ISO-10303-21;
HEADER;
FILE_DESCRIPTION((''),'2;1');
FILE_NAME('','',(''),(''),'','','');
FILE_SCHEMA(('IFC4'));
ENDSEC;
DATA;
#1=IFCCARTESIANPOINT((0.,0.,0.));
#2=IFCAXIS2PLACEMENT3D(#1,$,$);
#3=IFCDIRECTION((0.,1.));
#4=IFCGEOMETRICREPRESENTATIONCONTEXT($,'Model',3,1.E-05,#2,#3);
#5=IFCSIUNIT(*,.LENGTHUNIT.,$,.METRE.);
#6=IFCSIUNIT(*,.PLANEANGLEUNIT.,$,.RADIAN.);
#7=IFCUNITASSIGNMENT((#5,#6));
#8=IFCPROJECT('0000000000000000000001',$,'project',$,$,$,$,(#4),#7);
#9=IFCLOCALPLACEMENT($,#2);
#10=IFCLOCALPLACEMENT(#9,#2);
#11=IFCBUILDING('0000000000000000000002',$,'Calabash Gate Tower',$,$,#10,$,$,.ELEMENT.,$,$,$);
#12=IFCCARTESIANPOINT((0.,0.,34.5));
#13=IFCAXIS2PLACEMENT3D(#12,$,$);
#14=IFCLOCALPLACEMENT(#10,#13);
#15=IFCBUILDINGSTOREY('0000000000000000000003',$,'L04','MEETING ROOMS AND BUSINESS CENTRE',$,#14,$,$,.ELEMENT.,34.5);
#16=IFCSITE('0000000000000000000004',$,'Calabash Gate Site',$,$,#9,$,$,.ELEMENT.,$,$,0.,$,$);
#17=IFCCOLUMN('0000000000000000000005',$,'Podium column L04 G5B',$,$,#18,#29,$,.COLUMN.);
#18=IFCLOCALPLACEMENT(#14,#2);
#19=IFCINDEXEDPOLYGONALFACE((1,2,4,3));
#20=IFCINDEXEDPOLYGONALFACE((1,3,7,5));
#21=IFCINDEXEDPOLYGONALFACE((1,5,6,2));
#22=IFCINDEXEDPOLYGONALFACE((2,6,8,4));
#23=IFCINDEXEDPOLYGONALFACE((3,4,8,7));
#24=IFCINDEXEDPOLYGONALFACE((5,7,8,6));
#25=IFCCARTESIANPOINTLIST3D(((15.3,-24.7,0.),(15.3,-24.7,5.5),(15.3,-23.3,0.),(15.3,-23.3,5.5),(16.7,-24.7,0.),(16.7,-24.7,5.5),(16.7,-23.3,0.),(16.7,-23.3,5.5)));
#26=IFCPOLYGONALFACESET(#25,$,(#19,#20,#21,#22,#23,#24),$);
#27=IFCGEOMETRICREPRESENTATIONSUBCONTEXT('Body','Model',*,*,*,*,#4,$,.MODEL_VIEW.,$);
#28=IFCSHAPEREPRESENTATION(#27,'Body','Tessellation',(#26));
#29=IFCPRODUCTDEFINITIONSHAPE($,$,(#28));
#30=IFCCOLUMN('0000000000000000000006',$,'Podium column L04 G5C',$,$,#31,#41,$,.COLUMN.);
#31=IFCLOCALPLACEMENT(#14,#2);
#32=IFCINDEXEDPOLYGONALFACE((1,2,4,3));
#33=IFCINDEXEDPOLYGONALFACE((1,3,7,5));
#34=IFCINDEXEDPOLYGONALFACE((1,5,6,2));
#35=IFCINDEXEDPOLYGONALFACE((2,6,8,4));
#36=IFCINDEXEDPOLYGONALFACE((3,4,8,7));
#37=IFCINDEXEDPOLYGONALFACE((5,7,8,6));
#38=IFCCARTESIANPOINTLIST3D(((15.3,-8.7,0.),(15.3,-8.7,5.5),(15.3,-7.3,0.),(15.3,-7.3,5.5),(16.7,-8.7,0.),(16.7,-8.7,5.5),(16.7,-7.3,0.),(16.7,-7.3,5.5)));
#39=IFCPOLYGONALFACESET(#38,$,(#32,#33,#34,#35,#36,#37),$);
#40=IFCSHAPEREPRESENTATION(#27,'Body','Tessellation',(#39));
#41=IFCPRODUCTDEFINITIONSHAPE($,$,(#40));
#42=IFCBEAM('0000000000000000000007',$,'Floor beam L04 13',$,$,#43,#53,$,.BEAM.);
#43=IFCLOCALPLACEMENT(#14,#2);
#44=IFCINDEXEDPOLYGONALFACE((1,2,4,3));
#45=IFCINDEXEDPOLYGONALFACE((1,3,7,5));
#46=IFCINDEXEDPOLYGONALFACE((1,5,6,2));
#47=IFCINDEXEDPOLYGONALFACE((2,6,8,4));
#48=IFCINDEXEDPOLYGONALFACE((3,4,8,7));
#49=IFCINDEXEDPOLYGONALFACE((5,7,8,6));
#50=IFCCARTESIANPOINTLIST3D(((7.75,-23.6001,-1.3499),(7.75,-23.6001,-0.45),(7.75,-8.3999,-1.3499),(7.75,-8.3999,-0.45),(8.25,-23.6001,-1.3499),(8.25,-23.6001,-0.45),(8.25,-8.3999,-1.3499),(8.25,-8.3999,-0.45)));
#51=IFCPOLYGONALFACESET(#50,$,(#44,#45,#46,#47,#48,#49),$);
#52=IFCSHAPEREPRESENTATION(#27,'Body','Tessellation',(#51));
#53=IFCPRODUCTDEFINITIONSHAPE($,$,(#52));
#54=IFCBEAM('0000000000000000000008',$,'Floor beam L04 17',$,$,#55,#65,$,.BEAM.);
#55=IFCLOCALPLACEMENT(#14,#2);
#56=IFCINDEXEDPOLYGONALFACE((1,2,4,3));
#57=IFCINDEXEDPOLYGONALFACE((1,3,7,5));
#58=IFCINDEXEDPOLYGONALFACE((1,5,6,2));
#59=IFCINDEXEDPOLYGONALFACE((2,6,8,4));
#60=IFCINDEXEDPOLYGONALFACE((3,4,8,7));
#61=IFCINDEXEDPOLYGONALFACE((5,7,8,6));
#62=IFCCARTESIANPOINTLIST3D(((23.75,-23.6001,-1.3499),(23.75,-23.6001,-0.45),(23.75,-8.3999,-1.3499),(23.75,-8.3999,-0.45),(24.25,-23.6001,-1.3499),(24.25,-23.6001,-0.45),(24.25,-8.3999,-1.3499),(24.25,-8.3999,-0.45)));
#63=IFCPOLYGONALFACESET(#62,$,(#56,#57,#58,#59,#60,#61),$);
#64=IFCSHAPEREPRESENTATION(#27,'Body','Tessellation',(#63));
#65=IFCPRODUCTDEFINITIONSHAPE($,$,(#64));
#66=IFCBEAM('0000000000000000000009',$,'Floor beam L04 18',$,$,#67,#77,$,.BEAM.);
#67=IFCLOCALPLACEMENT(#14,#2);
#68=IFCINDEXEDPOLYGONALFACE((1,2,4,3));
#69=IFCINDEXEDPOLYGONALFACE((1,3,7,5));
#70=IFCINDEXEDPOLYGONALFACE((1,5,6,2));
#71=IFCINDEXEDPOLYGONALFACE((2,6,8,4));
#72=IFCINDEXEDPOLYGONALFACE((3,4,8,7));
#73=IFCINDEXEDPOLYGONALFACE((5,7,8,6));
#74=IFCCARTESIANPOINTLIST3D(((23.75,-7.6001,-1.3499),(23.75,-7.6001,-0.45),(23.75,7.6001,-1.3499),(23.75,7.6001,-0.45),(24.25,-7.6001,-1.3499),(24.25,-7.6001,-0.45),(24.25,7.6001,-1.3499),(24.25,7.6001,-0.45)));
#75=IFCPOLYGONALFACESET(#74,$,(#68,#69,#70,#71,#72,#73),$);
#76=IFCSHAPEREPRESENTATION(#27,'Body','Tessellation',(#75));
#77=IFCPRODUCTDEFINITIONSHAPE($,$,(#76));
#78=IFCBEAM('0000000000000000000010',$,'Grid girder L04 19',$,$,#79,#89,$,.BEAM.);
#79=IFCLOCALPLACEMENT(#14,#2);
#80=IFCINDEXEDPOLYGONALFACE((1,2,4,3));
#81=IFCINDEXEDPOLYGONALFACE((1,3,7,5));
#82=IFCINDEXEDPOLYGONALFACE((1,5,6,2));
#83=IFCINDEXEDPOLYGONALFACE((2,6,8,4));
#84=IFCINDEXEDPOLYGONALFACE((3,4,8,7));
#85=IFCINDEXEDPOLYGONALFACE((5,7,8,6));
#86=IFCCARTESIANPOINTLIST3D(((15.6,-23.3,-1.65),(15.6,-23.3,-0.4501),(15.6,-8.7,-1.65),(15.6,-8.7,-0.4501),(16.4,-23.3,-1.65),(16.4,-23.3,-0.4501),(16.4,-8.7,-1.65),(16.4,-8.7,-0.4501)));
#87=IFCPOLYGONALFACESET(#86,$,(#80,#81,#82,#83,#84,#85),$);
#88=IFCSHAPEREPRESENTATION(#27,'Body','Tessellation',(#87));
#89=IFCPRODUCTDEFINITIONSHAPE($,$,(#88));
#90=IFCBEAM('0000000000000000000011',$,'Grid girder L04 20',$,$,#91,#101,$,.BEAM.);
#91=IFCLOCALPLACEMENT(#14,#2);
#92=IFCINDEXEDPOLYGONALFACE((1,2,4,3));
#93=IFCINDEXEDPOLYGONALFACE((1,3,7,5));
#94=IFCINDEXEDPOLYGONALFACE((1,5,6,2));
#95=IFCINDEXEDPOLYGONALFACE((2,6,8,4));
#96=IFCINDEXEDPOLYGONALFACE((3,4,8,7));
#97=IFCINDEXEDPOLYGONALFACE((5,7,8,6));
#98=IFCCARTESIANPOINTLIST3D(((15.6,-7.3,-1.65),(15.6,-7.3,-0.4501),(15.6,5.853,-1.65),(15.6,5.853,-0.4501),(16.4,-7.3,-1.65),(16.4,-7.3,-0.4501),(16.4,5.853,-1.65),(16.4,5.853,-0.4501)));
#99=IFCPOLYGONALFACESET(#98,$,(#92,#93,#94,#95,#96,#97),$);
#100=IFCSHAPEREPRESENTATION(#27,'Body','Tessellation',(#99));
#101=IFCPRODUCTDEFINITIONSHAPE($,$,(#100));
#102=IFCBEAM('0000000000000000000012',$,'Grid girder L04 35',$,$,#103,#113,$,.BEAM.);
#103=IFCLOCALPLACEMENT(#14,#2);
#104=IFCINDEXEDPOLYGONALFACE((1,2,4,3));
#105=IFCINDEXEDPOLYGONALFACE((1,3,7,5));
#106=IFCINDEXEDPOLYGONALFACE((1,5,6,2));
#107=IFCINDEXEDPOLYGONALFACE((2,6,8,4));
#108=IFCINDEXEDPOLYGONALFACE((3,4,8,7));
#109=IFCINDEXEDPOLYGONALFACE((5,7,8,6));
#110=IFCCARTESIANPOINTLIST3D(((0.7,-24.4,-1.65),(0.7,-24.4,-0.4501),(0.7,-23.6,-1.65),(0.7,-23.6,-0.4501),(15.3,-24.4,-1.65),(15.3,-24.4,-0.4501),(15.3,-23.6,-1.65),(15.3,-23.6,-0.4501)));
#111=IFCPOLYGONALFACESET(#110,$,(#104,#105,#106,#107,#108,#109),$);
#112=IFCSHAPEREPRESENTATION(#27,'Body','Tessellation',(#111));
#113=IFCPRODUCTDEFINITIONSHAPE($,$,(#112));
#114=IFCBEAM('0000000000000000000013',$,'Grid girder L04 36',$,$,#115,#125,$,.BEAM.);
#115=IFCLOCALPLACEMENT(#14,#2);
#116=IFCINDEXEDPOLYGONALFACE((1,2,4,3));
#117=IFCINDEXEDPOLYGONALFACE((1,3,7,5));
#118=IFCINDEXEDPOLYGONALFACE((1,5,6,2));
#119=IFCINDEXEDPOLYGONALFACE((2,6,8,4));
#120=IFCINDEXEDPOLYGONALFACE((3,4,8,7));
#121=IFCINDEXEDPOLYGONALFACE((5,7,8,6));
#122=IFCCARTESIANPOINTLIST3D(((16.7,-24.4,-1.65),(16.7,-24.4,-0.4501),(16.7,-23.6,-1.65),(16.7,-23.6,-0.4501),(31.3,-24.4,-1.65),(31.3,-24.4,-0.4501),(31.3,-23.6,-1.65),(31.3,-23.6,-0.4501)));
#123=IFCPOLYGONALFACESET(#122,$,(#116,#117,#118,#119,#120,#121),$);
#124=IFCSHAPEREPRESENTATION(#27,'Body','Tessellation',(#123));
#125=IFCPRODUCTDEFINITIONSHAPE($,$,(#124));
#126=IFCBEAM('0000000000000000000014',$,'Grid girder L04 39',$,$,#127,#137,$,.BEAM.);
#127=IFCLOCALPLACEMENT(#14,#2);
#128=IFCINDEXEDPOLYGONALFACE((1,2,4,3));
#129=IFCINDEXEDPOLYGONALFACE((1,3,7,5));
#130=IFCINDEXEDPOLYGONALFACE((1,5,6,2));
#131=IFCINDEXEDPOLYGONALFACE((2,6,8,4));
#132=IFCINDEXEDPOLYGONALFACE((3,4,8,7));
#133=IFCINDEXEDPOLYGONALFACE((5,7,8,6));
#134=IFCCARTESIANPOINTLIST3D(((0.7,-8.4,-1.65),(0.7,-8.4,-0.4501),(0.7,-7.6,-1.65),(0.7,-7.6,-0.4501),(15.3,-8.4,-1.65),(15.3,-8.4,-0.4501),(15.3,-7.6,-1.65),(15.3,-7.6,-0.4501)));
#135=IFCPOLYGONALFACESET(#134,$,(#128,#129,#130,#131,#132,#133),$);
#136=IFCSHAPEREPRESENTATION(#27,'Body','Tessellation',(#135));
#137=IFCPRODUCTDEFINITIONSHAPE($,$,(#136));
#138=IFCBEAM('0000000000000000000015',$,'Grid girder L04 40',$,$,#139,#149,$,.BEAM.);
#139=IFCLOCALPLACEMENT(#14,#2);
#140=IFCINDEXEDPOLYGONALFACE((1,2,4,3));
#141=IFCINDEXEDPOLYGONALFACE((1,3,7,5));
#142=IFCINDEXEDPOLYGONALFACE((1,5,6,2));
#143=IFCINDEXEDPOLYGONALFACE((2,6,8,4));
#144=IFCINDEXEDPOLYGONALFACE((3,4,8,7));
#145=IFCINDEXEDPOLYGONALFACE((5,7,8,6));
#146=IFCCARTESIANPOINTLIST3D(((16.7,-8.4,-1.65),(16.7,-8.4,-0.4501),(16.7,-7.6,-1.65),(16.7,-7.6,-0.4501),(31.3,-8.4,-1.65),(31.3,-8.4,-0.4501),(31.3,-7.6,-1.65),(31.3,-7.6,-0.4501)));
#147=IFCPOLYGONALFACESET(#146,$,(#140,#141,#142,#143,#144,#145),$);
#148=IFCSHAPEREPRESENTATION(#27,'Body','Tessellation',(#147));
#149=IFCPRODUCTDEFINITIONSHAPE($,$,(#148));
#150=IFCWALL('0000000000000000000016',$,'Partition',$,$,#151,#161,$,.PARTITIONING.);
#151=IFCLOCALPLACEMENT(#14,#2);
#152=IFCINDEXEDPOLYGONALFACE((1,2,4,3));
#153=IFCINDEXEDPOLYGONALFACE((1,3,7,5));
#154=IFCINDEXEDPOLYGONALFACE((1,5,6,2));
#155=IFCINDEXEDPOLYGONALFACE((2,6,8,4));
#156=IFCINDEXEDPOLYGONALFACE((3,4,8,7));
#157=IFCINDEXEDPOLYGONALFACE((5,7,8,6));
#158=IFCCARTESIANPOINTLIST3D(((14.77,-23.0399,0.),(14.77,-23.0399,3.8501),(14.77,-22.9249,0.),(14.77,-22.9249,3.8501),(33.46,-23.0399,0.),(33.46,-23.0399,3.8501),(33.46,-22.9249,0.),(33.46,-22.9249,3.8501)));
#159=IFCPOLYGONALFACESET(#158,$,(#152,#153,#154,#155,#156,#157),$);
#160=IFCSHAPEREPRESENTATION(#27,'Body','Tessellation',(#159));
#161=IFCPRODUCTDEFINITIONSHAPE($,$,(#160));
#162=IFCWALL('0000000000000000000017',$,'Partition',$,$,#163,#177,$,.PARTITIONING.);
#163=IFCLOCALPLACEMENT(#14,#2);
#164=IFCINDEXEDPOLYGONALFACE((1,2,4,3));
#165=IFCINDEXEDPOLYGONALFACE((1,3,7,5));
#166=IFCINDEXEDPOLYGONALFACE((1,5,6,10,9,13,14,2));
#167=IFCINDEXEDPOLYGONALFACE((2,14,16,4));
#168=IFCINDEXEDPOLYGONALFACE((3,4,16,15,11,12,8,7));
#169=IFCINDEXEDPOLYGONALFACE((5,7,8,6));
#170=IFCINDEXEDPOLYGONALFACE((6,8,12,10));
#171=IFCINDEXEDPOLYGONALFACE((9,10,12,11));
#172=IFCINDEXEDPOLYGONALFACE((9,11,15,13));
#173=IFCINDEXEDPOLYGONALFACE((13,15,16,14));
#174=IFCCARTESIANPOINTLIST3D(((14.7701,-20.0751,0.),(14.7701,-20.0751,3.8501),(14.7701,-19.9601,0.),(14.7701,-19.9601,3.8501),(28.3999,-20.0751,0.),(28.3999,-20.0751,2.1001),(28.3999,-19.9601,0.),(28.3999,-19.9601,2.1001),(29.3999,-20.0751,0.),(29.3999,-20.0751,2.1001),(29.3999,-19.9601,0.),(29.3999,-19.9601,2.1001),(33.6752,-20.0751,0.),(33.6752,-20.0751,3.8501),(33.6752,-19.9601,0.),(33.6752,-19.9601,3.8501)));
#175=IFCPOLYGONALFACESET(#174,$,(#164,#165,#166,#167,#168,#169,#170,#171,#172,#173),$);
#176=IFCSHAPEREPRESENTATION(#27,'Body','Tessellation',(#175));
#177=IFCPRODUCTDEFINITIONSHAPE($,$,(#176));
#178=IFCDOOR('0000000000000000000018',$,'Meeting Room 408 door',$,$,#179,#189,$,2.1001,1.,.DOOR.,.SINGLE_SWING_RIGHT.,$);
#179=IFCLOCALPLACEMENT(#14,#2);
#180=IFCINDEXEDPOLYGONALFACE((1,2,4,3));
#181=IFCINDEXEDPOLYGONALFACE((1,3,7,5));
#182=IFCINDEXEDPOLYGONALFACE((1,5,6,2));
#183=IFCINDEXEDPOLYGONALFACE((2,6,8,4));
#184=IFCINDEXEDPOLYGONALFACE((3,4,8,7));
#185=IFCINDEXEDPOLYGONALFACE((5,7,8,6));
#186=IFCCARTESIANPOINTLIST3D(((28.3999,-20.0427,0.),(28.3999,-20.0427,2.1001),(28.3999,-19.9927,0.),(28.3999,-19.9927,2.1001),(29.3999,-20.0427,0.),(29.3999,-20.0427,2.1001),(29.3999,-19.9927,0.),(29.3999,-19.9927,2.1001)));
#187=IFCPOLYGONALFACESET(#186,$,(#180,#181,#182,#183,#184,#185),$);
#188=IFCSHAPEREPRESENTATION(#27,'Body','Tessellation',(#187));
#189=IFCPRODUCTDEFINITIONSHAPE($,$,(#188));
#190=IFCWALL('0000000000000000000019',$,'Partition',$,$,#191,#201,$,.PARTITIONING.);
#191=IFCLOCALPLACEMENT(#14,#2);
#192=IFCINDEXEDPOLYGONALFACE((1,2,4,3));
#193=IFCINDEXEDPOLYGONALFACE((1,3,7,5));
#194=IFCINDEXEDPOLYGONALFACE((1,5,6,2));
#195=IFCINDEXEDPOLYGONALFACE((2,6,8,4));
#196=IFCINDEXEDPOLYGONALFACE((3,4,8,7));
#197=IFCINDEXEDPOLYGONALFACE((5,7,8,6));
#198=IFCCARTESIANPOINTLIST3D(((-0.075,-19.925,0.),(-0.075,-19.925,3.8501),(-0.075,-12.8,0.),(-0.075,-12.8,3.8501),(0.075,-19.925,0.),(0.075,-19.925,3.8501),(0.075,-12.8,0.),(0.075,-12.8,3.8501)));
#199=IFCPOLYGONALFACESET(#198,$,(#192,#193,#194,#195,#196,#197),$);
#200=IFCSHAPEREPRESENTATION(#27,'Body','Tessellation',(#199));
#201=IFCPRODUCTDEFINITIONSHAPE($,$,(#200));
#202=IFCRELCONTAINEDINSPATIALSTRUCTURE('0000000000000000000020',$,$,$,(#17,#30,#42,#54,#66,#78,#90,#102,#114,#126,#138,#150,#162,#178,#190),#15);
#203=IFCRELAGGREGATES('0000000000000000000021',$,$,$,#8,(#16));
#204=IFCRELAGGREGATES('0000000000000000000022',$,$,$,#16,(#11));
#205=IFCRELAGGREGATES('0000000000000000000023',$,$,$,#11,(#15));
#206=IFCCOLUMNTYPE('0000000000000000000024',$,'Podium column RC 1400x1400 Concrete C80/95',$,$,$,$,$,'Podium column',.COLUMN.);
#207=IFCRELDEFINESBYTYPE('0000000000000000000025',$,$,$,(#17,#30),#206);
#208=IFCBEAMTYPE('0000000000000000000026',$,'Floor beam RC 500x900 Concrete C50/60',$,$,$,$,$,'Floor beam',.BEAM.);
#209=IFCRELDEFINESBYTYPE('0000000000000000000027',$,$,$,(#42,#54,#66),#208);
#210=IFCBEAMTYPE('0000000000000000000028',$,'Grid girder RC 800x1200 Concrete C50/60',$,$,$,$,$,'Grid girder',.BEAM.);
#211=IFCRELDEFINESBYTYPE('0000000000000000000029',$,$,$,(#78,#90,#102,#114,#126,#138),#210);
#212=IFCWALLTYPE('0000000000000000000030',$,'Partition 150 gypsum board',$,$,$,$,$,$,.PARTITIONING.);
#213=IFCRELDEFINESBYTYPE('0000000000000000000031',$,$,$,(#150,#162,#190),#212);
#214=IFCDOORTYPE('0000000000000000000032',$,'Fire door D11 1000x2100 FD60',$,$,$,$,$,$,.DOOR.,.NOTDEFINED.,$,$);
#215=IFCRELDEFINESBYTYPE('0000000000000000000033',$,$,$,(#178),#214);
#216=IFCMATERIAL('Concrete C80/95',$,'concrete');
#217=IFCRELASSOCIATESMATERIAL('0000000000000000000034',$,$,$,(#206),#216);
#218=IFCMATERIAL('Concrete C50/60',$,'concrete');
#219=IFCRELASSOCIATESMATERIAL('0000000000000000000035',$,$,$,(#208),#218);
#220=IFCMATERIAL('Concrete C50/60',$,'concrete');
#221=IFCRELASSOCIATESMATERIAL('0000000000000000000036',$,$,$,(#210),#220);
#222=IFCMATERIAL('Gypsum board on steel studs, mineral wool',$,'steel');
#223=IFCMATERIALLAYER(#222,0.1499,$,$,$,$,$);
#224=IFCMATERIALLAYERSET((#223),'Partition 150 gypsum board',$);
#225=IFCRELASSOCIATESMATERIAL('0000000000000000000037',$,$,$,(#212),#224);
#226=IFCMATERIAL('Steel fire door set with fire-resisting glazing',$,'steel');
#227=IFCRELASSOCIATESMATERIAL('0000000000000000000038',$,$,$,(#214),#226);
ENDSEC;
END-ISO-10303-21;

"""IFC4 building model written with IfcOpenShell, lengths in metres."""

from ifc_helpers import new_model, si_unit, direction, frame, frame_2d, origin, origin_2d, place, context, subcontext, project, spatial, rectangle, extrude, material, layer, layer_set, material_profile, profile_set, type_object, element, fill, save


model = new_model("IFC4")

# Units and contexts
model_context = context("Model", 3, precision=1e-05, world=origin(), true_north=direction((0.0, 1.0)))
body_context = subcontext(model_context, "Body", "Model", "MODEL_VIEW")
ifc_project = project(units=[si_unit("LENGTHUNIT", "METRE"), si_unit("PLANEANGLEUNIT", "RADIAN")], contexts=[model_context])

# Site, building, storey
site_placement = place(None, origin())
site = spatial("IfcSite", under=ifc_project, at=site_placement, Name="Calabash Gate Site", CompositionType="ELEMENT", RefElevation=0.0)
building_placement = place(site_placement, origin())
building = spatial("IfcBuilding", under=site, at=building_placement, Name="Calabash Gate Tower", CompositionType="ELEMENT")
storey_placement = place(building_placement, frame((0.0, 0.0, 34.5)))
storey = spatial("IfcBuildingStorey", under=building, at=storey_placement, Name="L04", Description="MEETING ROOMS AND BUSINESS CENTRE", CompositionType="ELEMENT", Elevation=34.5)

# Columns
ifc_material_1 = material(Name="Concrete C80/95", Category="concrete")
ifc_material_profile_1 = material_profile(ifc_material_1, rectangle(XDim=1.3999, YDim=1.3999, at=origin_2d()))
ifc_profile_set_1 = profile_set([ifc_material_profile_1], Name="Concrete C80/95")
column_type = type_object("IfcColumnType", Name="Podium column RC 1400x1400 Concrete C80/95", ElementType="Podium column", PredefinedType="COLUMN", material=ifc_profile_set_1)
for number, where, z_axis, x_axis, name in (
    (1, (16.0, -24.0, 0.0), (0.0, 0.0, 1.0), (1.0, 0.0, 0.0), "Podium column L04 G5B"),
    (2, (16.0, -8.0, 0.0), (0.0, 0.0, 1.0), (1.0, 0.0, 0.0), "Podium column L04 G5C"),
):
    element("IfcColumn", number, at=place(storey_placement, frame(where, z_axis=z_axis, x_axis=x_axis)), inside=storey, type_object=column_type, Name=name, PredefinedType="COLUMN", context=body_context, shape_type="SweptSolid", body=[
        extrude(rectangle(XDim=1.3999, YDim=1.3999, at=origin_2d()), origin(), (0.0, 0.0, 1.0), 5.5),
    ])

# Beams
ifc_material_2 = material(Name="Concrete C50/60", Category="concrete")
ifc_material_profile_2 = material_profile(ifc_material_2, rectangle(XDim=0.5, YDim=0.8999, at=origin_2d()))
ifc_profile_set_2 = profile_set([ifc_material_profile_2], Name="Concrete C50/60")
beam_type_1 = type_object("IfcBeamType", Name="Floor beam RC 500x900 Concrete C50/60", ElementType="Floor beam", PredefinedType="BEAM", material=ifc_profile_set_2)
for number, where, z_axis, x_axis, name in (
    (3, (8.0, -23.6001, -0.8999), (0.0, 1.0, 0.0), (-1.0, 0.0, 0.0), "Floor beam L04 13"),
    (4, (24.0, -23.6001, -0.8999), (0.0, 1.0, 0.0), (-1.0, 0.0, 0.0), "Floor beam L04 17"),
    (5, (24.0, -7.6001, -0.8999), (0.0, 1.0, 0.0), (-1.0, 0.0, 0.0), "Floor beam L04 18"),
):
    element("IfcBeam", number, at=place(storey_placement, frame(where, z_axis=z_axis, x_axis=x_axis)), inside=storey, type_object=beam_type_1, Name=name, PredefinedType="BEAM", context=body_context, shape_type="SweptSolid", body=[
        extrude(rectangle(XDim=0.5, YDim=0.8999, at=origin_2d()), origin(), (0.0, 0.0, 1.0), 15.2002),
    ])
ifc_material_3 = material(Name="Concrete C50/60", Category="concrete")
ifc_material_profile_3 = material_profile(ifc_material_3, rectangle(XDim=0.8, YDim=1.2, at=origin_2d()))
ifc_profile_set_3 = profile_set([ifc_material_profile_3], Name="Concrete C50/60")
beam_type_2 = type_object("IfcBeamType", Name="Grid girder RC 800x1200 Concrete C50/60", ElementType="Grid girder", PredefinedType="BEAM", material=ifc_profile_set_3)
beam_1_placement = place(storey_placement, frame((16.0, -23.3, -1.05), z_axis=(0.0, 1.0, 0.0), x_axis=(-1.0, 0.0, 0.0)))
element("IfcBeam", 6, at=beam_1_placement, inside=storey, type_object=beam_type_2, Name="Grid girder L04 19", PredefinedType="BEAM", context=body_context, shape_type="SweptSolid", body=[
    extrude(rectangle(XDim=0.8, YDim=1.2, at=origin_2d()), origin(), (0.0, 0.0, 1.0), 14.6001),
])
beam_2_placement = place(storey_placement, frame((16.0, -7.3, -1.05), z_axis=(0.0, 1.0, 0.0), x_axis=(-1.0, 0.0, 0.0)))
element("IfcBeam", 7, at=beam_2_placement, inside=storey, type_object=beam_type_2, Name="Grid girder L04 20", PredefinedType="BEAM", context=body_context, shape_type="SweptSolid", body=[
    extrude(rectangle(XDim=0.8, YDim=1.2, at=origin_2d()), origin(), (0.0, 0.0, 1.0), 13.1531),
])
for number, where, z_axis, x_axis, name in (
    (8, (0.7, -24.0, -1.05), (1.0, 0.0, 0.0), (0.0, 1.0, 0.0), "Grid girder L04 35"),
    (9, (16.7, -24.0, -1.05), (1.0, 0.0, 0.0), (0.0, 1.0, 0.0), "Grid girder L04 36"),
    (10, (0.7, -8.0, -1.05), (1.0, 0.0, 0.0), (0.0, 1.0, 0.0), "Grid girder L04 39"),
    (11, (16.7, -8.0, -1.05), (1.0, 0.0, 0.0), (0.0, 1.0, 0.0), "Grid girder L04 40"),
):
    element("IfcBeam", number, at=place(storey_placement, frame(where, z_axis=z_axis, x_axis=x_axis)), inside=storey, type_object=beam_type_2, Name=name, PredefinedType="BEAM", context=body_context, shape_type="SweptSolid", body=[
        extrude(rectangle(XDim=0.8, YDim=1.2, at=origin_2d()), origin(), (0.0, 0.0, 1.0), 14.6001),
    ])

# Wall
ifc_material_4 = material(Name="Gypsum board on steel studs, mineral wool", Category="steel")
ifc_layer = layer(ifc_material_4, 0.1499)
ifc_layer_set = layer_set([ifc_layer], Name="Partition 150 gypsum board")
wall_type = type_object("IfcWallType", Name="Partition 150 gypsum board", PredefinedType="PARTITIONING", material=ifc_layer_set)
wall_1_placement = place(storey_placement, frame((14.77, -22.9824, 0.0), z_axis=(0.0, 0.0, 1.0), x_axis=(1.0, 0.0, 0.0)))
element("IfcWall", 12, at=wall_1_placement, inside=storey, type_object=wall_type, Name="Partition", PredefinedType="PARTITIONING", context=body_context, shape_type="SweptSolid", body=[
    extrude(rectangle(XDim=18.6899, YDim=0.115, at=frame_2d((9.345, 0.0))), origin(), (0.0, 0.0, 1.0), 3.8501),
])

# Wall, opening, door
wall_2_placement = place(storey_placement, frame((14.77, -20.0176, 0.0), z_axis=(0.0, 0.0, 1.0), x_axis=(1.0, 0.0, 0.0)))
wall_2 = element("IfcWall", 13, at=wall_2_placement, inside=storey, type_object=wall_type, Name="Partition", PredefinedType="PARTITIONING", context=body_context, shape_type="SweptSolid", body=[
    extrude(rectangle(XDim=18.905, YDim=0.115, at=frame_2d((9.4526, 0.0))), origin(), (0.0, 0.0, 1.0), 3.8501),
])
opening_1_placement = place(wall_2_placement, frame((13.6299, 0.0, 0.0)))
opening_1 = element("IfcOpeningElement", 14, at=opening_1_placement, cuts=wall_2, PredefinedType="OPENING", context=body_context, shape_type="SweptSolid", body=[
    extrude(rectangle(XDim=1.0, YDim=2.1001, at=frame_2d((0.5, 1.05))), frame((0.0, 0.0674, 0.0), z_axis=(0.0, -1.0, 0.0), x_axis=(1.0, 0.0, 0.0)), (0.0, 0.0, 1.0), 0.135),
])
ifc_material_5 = material(Name="Steel fire door set with fire-resisting glazing", Category="steel")
door_type = type_object("IfcDoorType", Name="Fire door D11 1000x2100 FD60", OperationType="NOTDEFINED", PredefinedType="DOOR", material=ifc_material_5)
door_1_placement = place(opening_1_placement, origin())
door_1 = element("IfcDoor", 15, at=door_1_placement, inside=storey, type_object=door_type, Name="Meeting Room 408 door", OperationType="SINGLE_SWING_RIGHT", OverallHeight=2.1001, OverallWidth=1.0, PredefinedType="DOOR", context=body_context, shape_type="SweptSolid", body=[
    extrude(rectangle(XDim=1.0, YDim=2.1001, at=frame_2d((0.5, 1.05))), frame((0.0, 0.0249, 0.0), z_axis=(0.0, -1.0, 0.0), x_axis=(1.0, 0.0, 0.0)), (0.0, 0.0, 1.0), 0.05),
])
fill(opening_1, door_1)

# Wall
wall_3_placement = place(storey_placement, frame((0.0, -19.925, 0.0), z_axis=(0.0, 0.0, 1.0), x_axis=(0.0, 1.0, 0.0)))
element("IfcWall", 16, at=wall_3_placement, inside=storey, type_object=wall_type, Name="Partition", PredefinedType="PARTITIONING", context=body_context, shape_type="SweptSolid", body=[
    extrude(rectangle(XDim=7.125, YDim=0.1499, at=frame_2d((3.5625, 0.0))), origin(), (0.0, 0.0, 1.0), 3.8501),
])

save(model, "model.ifc")
